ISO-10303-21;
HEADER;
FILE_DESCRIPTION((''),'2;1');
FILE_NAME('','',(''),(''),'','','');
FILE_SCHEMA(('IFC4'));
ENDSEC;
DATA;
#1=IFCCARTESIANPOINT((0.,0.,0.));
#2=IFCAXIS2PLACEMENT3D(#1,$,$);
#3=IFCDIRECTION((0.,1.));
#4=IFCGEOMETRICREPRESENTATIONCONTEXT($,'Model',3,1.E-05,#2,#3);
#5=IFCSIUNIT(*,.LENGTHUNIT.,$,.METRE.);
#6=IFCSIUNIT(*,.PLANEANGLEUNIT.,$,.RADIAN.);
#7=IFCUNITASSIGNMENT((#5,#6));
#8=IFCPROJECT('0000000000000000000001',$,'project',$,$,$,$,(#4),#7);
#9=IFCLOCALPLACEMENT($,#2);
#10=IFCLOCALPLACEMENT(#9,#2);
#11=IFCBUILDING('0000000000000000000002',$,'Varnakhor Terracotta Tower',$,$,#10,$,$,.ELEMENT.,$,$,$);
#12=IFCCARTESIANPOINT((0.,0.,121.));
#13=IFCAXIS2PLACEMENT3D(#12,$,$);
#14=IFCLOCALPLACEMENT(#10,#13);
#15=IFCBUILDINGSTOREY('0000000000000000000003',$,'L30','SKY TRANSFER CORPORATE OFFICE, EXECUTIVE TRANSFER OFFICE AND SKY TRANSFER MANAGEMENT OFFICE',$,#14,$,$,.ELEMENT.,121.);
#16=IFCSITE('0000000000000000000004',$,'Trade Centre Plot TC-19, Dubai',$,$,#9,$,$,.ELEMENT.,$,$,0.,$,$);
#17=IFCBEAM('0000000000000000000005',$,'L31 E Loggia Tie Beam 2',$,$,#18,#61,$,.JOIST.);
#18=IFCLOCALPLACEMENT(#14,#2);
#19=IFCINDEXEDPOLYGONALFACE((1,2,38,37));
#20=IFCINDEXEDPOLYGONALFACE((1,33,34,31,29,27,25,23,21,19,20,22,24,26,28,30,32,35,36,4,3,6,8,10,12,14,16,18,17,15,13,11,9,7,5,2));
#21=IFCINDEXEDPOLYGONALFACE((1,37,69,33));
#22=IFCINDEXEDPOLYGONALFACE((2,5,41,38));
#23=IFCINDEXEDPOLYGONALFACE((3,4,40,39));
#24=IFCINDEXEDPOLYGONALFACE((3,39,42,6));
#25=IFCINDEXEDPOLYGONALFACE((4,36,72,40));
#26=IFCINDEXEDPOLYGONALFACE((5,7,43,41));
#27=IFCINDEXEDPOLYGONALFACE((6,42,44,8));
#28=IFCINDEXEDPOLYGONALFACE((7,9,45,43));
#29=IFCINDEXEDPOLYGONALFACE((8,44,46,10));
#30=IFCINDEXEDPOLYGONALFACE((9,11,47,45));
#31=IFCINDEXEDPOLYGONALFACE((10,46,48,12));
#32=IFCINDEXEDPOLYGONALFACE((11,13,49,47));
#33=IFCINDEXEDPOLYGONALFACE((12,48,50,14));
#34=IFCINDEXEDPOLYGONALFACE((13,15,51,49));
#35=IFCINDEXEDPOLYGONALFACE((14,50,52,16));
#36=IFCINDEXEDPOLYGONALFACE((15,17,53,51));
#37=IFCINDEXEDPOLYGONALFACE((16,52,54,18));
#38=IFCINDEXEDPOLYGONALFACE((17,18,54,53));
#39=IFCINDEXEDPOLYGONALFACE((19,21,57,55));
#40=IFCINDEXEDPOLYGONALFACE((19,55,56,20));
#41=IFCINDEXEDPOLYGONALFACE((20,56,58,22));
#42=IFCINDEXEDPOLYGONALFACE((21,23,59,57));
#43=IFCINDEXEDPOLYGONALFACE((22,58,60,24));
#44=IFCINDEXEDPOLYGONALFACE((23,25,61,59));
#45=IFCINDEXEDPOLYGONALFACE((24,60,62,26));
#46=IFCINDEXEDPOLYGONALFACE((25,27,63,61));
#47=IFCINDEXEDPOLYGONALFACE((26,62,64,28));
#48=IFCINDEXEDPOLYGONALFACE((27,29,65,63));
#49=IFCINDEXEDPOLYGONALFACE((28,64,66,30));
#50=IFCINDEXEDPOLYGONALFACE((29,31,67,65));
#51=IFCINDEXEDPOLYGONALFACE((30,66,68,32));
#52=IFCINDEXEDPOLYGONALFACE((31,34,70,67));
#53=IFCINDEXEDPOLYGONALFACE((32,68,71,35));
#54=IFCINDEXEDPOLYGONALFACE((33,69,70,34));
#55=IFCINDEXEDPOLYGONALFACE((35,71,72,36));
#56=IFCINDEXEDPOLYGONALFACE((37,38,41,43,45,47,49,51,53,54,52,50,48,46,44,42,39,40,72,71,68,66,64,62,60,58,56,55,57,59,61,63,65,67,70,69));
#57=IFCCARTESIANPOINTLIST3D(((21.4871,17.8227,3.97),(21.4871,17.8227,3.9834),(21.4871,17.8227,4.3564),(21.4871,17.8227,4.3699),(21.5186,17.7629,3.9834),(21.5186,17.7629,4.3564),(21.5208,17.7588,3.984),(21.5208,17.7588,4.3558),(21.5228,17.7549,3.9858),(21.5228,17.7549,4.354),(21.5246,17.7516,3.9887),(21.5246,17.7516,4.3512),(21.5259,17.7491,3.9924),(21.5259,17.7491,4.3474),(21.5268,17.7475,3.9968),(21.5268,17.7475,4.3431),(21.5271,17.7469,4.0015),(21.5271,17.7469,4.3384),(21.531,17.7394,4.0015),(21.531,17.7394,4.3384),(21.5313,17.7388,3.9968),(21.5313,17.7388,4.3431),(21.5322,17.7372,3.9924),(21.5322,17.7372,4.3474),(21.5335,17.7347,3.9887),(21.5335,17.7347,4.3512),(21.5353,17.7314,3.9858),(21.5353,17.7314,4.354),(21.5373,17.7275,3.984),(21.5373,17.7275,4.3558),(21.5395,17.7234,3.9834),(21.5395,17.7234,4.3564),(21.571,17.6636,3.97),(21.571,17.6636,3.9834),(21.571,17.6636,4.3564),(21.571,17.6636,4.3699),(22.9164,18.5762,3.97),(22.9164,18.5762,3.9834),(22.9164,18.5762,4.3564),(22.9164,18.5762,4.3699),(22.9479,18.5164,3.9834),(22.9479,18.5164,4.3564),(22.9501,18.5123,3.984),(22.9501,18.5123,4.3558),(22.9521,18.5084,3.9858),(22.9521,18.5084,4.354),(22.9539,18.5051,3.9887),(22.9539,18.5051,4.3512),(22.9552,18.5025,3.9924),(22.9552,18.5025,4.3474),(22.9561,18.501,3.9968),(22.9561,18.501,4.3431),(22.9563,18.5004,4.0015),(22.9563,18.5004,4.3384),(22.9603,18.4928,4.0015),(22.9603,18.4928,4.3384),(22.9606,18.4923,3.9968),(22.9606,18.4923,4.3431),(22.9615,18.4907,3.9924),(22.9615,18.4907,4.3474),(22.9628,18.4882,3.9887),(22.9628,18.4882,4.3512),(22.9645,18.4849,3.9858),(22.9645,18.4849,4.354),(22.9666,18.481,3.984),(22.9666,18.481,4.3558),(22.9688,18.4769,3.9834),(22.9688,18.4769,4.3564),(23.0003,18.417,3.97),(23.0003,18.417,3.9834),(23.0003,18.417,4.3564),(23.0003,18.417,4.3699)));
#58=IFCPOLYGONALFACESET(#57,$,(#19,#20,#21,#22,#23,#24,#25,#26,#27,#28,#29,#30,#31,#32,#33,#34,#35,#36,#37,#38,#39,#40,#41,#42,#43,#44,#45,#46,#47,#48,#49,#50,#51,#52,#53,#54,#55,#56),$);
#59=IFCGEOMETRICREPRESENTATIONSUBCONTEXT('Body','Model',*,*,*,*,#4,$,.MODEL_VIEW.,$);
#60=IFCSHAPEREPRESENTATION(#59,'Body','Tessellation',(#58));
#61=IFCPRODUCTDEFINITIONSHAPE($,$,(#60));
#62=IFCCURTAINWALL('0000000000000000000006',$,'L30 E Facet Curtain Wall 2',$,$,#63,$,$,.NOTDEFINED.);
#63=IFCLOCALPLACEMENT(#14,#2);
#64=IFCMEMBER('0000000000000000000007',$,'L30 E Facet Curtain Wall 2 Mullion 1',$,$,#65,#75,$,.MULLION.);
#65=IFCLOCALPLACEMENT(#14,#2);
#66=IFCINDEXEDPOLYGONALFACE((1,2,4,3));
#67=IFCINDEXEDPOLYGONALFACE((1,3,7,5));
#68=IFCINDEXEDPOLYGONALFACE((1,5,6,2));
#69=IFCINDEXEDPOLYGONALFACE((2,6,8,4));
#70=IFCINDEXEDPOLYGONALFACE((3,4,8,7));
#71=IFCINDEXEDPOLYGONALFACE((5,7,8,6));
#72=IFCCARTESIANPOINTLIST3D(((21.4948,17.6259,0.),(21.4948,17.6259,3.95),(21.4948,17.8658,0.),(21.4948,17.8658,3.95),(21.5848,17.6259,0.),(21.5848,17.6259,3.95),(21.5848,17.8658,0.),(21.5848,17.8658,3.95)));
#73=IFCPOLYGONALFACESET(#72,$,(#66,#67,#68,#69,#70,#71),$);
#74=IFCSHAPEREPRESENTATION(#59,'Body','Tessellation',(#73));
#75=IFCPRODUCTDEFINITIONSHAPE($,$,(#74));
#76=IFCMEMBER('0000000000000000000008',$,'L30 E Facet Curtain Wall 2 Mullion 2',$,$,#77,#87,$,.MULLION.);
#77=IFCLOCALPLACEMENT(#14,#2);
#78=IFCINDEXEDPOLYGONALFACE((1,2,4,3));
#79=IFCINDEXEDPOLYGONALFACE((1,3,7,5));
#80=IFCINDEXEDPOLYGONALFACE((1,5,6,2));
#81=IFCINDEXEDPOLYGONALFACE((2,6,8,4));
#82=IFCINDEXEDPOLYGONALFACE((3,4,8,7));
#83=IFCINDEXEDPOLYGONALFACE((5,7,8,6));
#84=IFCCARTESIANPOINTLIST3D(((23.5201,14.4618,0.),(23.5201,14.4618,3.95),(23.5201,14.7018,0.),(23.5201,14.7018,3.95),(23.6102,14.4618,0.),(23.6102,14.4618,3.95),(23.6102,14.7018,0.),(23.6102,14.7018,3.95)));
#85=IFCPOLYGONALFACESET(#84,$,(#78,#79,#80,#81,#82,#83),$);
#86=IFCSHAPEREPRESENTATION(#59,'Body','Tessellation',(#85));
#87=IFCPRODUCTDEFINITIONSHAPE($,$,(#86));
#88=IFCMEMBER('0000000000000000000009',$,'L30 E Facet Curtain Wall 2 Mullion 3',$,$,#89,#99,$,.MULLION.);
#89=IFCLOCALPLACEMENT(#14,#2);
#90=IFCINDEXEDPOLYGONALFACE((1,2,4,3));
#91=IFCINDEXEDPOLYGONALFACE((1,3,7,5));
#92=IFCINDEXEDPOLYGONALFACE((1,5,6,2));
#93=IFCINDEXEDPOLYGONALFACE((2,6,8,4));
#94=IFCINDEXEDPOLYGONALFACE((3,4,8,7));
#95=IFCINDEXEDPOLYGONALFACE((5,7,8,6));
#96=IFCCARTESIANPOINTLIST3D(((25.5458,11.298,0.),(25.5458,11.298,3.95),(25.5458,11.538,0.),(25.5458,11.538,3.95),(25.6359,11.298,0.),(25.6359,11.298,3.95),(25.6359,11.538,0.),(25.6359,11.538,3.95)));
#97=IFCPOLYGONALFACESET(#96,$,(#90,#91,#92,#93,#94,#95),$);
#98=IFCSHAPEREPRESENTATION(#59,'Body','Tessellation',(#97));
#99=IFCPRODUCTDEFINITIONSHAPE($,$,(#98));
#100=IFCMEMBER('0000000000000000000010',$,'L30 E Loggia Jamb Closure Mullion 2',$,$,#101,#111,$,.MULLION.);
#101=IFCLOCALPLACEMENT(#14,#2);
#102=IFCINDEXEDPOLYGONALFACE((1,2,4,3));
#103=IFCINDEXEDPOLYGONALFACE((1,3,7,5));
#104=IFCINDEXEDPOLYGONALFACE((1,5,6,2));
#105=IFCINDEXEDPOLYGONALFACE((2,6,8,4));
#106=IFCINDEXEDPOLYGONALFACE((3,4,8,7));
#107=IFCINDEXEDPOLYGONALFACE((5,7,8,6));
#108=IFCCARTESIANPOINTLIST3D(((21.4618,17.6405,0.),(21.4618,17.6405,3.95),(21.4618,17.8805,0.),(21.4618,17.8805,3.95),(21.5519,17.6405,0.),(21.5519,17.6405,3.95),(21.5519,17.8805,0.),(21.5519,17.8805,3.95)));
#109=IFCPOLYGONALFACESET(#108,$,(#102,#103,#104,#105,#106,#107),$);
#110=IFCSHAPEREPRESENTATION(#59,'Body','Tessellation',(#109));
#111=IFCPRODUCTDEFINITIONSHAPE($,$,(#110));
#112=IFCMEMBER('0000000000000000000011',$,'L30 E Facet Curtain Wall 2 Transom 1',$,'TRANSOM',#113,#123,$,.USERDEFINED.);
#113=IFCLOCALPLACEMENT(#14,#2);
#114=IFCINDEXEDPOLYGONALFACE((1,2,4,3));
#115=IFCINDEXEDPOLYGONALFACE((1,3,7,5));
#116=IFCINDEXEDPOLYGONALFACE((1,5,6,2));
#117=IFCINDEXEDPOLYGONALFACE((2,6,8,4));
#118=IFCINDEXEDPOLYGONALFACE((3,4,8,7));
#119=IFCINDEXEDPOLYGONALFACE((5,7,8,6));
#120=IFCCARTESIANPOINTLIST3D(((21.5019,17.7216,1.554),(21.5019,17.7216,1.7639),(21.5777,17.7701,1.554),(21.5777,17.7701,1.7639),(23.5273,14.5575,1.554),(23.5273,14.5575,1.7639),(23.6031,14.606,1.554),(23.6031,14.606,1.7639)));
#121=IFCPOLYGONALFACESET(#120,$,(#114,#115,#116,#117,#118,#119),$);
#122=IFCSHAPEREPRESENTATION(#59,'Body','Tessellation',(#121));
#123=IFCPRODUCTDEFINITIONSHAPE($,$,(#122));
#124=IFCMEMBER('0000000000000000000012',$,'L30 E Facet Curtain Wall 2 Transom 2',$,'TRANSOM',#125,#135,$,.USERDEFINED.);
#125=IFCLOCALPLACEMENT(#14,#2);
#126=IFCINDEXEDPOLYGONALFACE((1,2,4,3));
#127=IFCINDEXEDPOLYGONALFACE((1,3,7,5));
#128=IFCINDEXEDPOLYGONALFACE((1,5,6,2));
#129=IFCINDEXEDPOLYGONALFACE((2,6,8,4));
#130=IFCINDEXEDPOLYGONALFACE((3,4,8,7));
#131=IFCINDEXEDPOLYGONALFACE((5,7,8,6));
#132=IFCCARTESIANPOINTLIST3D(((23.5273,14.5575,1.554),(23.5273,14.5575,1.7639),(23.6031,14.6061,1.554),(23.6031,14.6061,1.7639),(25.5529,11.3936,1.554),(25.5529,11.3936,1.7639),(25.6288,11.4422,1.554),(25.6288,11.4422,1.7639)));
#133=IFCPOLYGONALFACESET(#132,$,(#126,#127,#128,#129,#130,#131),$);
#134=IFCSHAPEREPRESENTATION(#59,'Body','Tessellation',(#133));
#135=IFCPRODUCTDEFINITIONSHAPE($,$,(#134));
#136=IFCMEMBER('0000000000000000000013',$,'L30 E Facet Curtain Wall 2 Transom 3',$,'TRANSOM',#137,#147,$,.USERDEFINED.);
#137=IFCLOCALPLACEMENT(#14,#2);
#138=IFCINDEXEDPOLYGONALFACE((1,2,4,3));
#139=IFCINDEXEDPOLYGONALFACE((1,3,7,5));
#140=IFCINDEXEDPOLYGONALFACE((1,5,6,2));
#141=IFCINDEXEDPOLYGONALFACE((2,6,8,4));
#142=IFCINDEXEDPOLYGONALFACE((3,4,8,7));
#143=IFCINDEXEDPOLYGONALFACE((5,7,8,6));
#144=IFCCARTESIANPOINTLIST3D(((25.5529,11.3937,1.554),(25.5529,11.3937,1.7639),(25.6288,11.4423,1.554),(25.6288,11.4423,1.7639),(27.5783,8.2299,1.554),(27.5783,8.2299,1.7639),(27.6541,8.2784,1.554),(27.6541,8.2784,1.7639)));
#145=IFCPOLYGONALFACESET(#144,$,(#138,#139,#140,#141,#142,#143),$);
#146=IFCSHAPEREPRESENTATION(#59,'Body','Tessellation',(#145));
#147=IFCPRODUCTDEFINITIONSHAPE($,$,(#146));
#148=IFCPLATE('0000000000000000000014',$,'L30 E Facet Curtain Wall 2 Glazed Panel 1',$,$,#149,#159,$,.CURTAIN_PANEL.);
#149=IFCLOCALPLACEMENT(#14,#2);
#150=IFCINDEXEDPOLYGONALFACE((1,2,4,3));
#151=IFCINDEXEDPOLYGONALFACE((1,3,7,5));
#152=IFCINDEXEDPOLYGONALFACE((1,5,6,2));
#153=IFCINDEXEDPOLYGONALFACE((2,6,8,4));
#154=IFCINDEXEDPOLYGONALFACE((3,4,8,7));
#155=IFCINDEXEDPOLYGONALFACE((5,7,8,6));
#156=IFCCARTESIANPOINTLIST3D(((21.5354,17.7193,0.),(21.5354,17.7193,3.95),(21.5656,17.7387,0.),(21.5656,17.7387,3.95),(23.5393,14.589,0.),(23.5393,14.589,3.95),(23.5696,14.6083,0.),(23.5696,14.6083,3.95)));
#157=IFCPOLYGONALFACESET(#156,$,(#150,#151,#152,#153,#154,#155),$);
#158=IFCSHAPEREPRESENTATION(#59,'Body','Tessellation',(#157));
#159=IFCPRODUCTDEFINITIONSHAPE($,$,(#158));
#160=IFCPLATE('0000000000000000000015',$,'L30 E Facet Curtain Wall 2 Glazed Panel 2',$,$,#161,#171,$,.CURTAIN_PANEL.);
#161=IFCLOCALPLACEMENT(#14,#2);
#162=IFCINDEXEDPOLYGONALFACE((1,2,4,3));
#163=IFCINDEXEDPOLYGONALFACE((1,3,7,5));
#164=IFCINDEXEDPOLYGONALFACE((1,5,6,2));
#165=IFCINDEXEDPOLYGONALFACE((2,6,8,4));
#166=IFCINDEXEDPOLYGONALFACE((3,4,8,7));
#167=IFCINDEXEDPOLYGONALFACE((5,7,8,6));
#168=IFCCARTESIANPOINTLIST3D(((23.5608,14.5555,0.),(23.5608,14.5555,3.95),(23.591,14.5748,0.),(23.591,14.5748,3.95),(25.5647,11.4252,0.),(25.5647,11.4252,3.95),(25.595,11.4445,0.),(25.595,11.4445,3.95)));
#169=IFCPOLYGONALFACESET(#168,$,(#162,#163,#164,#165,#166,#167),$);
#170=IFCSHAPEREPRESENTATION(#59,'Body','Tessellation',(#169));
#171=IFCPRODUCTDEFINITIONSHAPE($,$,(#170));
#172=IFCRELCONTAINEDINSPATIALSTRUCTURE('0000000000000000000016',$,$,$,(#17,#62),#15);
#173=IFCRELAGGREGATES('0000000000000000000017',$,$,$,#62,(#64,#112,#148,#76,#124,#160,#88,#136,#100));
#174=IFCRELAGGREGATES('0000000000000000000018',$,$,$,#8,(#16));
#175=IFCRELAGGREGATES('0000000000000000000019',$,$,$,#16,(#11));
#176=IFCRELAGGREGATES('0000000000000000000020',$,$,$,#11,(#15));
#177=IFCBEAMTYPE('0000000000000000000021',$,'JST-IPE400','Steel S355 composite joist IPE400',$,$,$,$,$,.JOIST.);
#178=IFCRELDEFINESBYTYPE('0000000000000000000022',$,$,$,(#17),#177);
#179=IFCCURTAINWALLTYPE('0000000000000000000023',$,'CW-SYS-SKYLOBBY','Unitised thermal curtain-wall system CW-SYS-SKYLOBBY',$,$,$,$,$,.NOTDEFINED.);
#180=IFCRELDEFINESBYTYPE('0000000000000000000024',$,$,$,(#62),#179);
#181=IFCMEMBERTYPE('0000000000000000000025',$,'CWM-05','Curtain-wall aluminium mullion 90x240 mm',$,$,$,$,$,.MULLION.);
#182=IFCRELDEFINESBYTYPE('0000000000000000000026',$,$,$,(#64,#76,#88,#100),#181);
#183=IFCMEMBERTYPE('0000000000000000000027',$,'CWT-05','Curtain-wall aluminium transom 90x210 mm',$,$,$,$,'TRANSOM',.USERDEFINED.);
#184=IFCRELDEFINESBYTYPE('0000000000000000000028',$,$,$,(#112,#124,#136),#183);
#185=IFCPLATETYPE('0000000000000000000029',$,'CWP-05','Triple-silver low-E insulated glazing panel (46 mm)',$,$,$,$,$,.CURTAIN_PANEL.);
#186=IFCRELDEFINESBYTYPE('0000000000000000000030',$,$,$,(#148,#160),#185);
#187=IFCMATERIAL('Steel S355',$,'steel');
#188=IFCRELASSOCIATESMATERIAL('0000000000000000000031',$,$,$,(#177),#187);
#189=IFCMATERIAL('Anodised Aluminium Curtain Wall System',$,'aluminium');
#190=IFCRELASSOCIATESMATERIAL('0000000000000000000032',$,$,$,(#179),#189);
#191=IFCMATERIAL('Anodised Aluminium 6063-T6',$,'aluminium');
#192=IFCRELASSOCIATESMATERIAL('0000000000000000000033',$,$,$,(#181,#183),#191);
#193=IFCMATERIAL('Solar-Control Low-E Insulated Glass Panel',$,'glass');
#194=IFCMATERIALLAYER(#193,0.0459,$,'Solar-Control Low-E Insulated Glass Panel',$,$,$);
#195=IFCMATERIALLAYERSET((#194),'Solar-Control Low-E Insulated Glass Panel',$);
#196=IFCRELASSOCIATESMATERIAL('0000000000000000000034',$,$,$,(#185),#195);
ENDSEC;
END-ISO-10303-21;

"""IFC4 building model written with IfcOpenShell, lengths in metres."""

from ifc_helpers import new_model, si_unit, direction, frame, origin, origin_2d, place, context, subcontext, project, spatial, rectangle, i_section, extrude, source, transform, mapped, material, layer, layer_set, material_profile, profile_set, type_object, type_shapes, element, aggregate, save


model = new_model("IFC4")

# Units and contexts
model_context = context("Model", 3, precision=1e-05, world=origin(), true_north=direction((0.0, 1.0)))
body_context = subcontext(model_context, "Body", "Model", "MODEL_VIEW")
ifc_project = project(units=[si_unit("LENGTHUNIT", "METRE"), si_unit("PLANEANGLEUNIT", "RADIAN")], contexts=[model_context])

# Site, building, storey
site_placement = place(None, origin())
site = spatial("IfcSite", under=ifc_project, at=site_placement, Name="Trade Centre Plot TC-19, Dubai", CompositionType="ELEMENT", RefElevation=0.0)
building_placement = place(site_placement, origin())
building = spatial("IfcBuilding", under=site, at=building_placement, Name="Varnakhor Terracotta Tower", CompositionType="ELEMENT")
storey_placement = place(building_placement, frame((0.0, 0.0, 121.0)))
storey = spatial("IfcBuildingStorey", under=building, at=storey_placement, Name="L30", Description="SKY TRANSFER CORPORATE OFFICE, EXECUTIVE TRANSFER OFFICE AND SKY TRANSFER MANAGEMENT OFFICE", CompositionType="ELEMENT", Elevation=121.0)

# Beam
ifc_material_1 = material(Name="Steel S355", Category="steel")
ifc_material_profile_1 = material_profile(ifc_material_1, i_section(OverallWidth=0.1799, OverallDepth=0.3999, WebThickness=0.0085, FlangeThickness=0.0134, FilletRadius=0.0181, at=origin_2d()), Name="IPE400")
ifc_profile_set_1 = profile_set([ifc_material_profile_1], Name="Steel S355")
beam_type_1 = type_object("IfcBeamType", Name="JST-IPE400", Description="Steel S355 composite joist IPE400", PredefinedType="JOIST", material=ifc_profile_set_1)
shared_shape_1 = source(origin(), body_context, "Body", "SweptSolid", [
    extrude(i_section(OverallWidth=0.1799, OverallDepth=0.3999, WebThickness=0.0085, FlangeThickness=0.0134, FilletRadius=0.0181, at=origin_2d()), origin(), (0.0, 0.0, 1.0), 1.6157),
])
beam_1_placement = place(storey_placement, frame((21.5291, 17.7432, 4.1699), z_axis=(0.88461, 0.466332, 0.0), x_axis=(-0.466332, 0.88461, 0.0)))
element("IfcBeam", 1, at=beam_1_placement, inside=storey, type_object=beam_type_1, Name="L31 E Loggia Tie Beam 2", PredefinedType="JOIST", context=body_context, shape_type="MappedRepresentation", body=[
    mapped(shared_shape_1, transform((0.0, 0.0, 0.0), scale=1.0)),
])

# Curtain wall, members, plates
ifc_material_2 = material(Name="Anodised Aluminium Curtain Wall System", Category="aluminium")
curtain_wall_type = type_object("IfcCurtainWallType", Name="CW-SYS-SKYLOBBY", Description="Unitised thermal curtain-wall system CW-SYS-SKYLOBBY", PredefinedType="NOTDEFINED", material=ifc_material_2)
curtain_wall_placement = place(storey_placement, origin())
curtain_wall = element("IfcCurtainWall", 2, at=curtain_wall_placement, inside=storey, type_object=curtain_wall_type, Name="L30 E Facet Curtain Wall 2", PredefinedType="NOTDEFINED")
ifc_material_3 = material(Name="Anodised Aluminium 6063-T6", Category="aluminium")
ifc_material_profile_2 = material_profile(ifc_material_3, rectangle(XDim=0.0901, YDim=0.24, at=origin_2d()), Name="ALU MULLION 90x240")
ifc_profile_set_2 = profile_set([ifc_material_profile_2], Name="Anodised Aluminium 6063-T6")
member_type_1 = type_object("IfcMemberType", Name="CWM-05", Description="Curtain-wall aluminium mullion 90x240 mm", PredefinedType="MULLION", material=ifc_profile_set_2)
shared_shape_2 = source(origin(), body_context, "Body", "SweptSolid", [
    extrude(rectangle(XDim=0.0901, YDim=0.24, at=origin_2d()), origin(), (0.0, 0.0, 1.0), 3.95),
])
type_shapes(member_type_1, [shared_shape_2])
member_1_placement = place(storey_placement, frame((21.5398, 17.7458, 0.0), z_axis=(0.0, 0.0, 1.0), x_axis=(1.0, 0.0, 0.0)))
member_1 = element("IfcMember", 3, at=member_1_placement, type_object=member_type_1, Name="L30 E Facet Curtain Wall 2 Mullion 1", PredefinedType="MULLION", context=body_context, shape_type="MappedRepresentation", body=[
    mapped(shared_shape_2, transform((0.0, 0.0, 0.0), scale=1.0)),
])
member_2_placement = place(storey_placement, frame((23.5652, 14.5818, 0.0), z_axis=(0.0, 0.0, 1.0), x_axis=(1.0, 0.0, 0.0)))
member_2 = element("IfcMember", 4, at=member_2_placement, type_object=member_type_1, Name="L30 E Facet Curtain Wall 2 Mullion 2", PredefinedType="MULLION", context=body_context, shape_type="MappedRepresentation", body=[
    mapped(shared_shape_2, transform((0.0, 0.0, 0.0), scale=1.0)),
])
member_3_placement = place(storey_placement, frame((25.5908, 11.418, 0.0), z_axis=(0.0, 0.0, 1.0), x_axis=(1.0, 0.0, 0.0)))
member_3 = element("IfcMember", 5, at=member_3_placement, type_object=member_type_1, Name="L30 E Facet Curtain Wall 2 Mullion 3", PredefinedType="MULLION", context=body_context, shape_type="MappedRepresentation", body=[
    mapped(shared_shape_2, transform((0.0, 0.0, 0.0), scale=1.0)),
])
member_4_placement = place(storey_placement, frame((21.5068, 17.7605, 0.0), z_axis=(0.0, 0.0, 1.0), x_axis=(1.0, 0.0, 0.0)))
member_4 = element("IfcMember", 6, at=member_4_placement, type_object=member_type_1, Name="L30 E Loggia Jamb Closure Mullion 2", PredefinedType="MULLION", context=body_context, shape_type="MappedRepresentation", body=[
    mapped(shared_shape_2, transform((0.0, 0.0, 0.0), scale=1.0)),
])
ifc_material_profile_3 = material_profile(ifc_material_3, rectangle(XDim=0.0901, YDim=0.21, at=origin_2d()), Name="ALU TRANSOM 90x210")
ifc_profile_set_3 = profile_set([ifc_material_profile_3], Name="Anodised Aluminium 6063-T6")
member_type_2 = type_object("IfcMemberType", Name="CWT-05", Description="Curtain-wall aluminium transom 90x210 mm", ElementType="TRANSOM", PredefinedType="USERDEFINED", material=ifc_profile_set_3)
shared_shape_3 = source(origin(), body_context, "Body", "SweptSolid", [
    extrude(rectangle(XDim=0.0901, YDim=0.21, at=origin_2d()), origin(), (0.0, 0.0, 1.0), 3.7568),
])
member_5_placement = place(storey_placement, frame((21.5398, 17.7458, 1.6589), z_axis=(0.539127, -0.842224, 0.0), x_axis=(0.842224, 0.539127, 0.0)))
member_5 = element("IfcMember", 7, at=member_5_placement, type_object=member_type_2, Name="L30 E Facet Curtain Wall 2 Transom 1", ObjectType="TRANSOM", PredefinedType="USERDEFINED", context=body_context, shape_type="MappedRepresentation", body=[
    mapped(shared_shape_3, transform((0.0, 0.0, 0.0), scale=1.0)),
])
member_6_placement = place(storey_placement, frame((23.5652, 14.5818, 1.6589), z_axis=(0.539203, -0.842176, 0.0), x_axis=(0.842176, 0.539203, 0.0)))
member_6 = element("IfcMember", 8, at=member_6_placement, type_object=member_type_2, Name="L30 E Facet Curtain Wall 2 Transom 2", ObjectType="TRANSOM", PredefinedType="USERDEFINED", context=body_context, shape_type="MappedRepresentation", body=[
    mapped(shared_shape_3, transform((0.0, 0.0, 0.0), scale=1.0)),
])
shared_shape_4 = source(origin(), body_context, "Body", "SweptSolid", [
    extrude(rectangle(XDim=0.0901, YDim=0.21, at=origin_2d()), origin(), (0.0, 0.0, 1.0), 3.7566),
])
member_7_placement = place(storey_placement, frame((25.5908, 11.418, 1.6589), z_axis=(0.539157, -0.842205, 0.0), x_axis=(0.842205, 0.539157, 0.0)))
member_7 = element("IfcMember", 9, at=member_7_placement, type_object=member_type_2, Name="L30 E Facet Curtain Wall 2 Transom 3", ObjectType="TRANSOM", PredefinedType="USERDEFINED", context=body_context, shape_type="MappedRepresentation", body=[
    mapped(shared_shape_4, transform((0.0, 0.0, 0.0), scale=1.0)),
])
ifc_material_4 = material(Name="Solar-Control Low-E Insulated Glass Panel", Category="glass")
ifc_layer_1 = layer(ifc_material_4, 0.0459, Name="Solar-Control Low-E Insulated Glass Panel")
ifc_layer_set_1 = layer_set([ifc_layer_1], Name="Solar-Control Low-E Insulated Glass Panel")
plate_type = type_object("IfcPlateType", Name="CWP-05", Description="Triple-silver low-E insulated glazing panel (46 mm)", PredefinedType="CURTAIN_PANEL", material=ifc_layer_set_1)
shared_shape_5 = source(origin(), body_context, "Body", "SweptSolid", [
    extrude(rectangle(XDim=3.7168, YDim=0.0359, at=origin_2d()), origin(), (0.0, 0.0, 1.0), 3.95),
])
plate_1_placement = place(storey_placement, frame((22.5525, 16.1638, 0.0), z_axis=(0.0, 0.0, 1.0), x_axis=(0.539153, -0.842208, 0.0)))
plate_1 = element("IfcPlate", 10, at=plate_1_placement, type_object=plate_type, Name="L30 E Facet Curtain Wall 2 Glazed Panel 1", PredefinedType="CURTAIN_PANEL", context=body_context, shape_type="MappedRepresentation", body=[
    mapped(shared_shape_5, transform((0.0, 0.0, 0.0), scale=1.0)),
])
plate_2_placement = place(storey_placement, frame((24.5779, 13.0, 0.0), z_axis=(0.0, 0.0, 1.0), x_axis=(0.539153, -0.842208, 0.0)))
plate_2 = element("IfcPlate", 11, at=plate_2_placement, type_object=plate_type, Name="L30 E Facet Curtain Wall 2 Glazed Panel 2", PredefinedType="CURTAIN_PANEL", context=body_context, shape_type="MappedRepresentation", body=[
    mapped(shared_shape_5, transform((0.0, 0.0, 0.0), scale=1.0)),
])
aggregate(curtain_wall, [member_1, member_5, plate_1, member_2, member_6, plate_2, member_3, member_7, member_4])

save(model, "model.ifc")
